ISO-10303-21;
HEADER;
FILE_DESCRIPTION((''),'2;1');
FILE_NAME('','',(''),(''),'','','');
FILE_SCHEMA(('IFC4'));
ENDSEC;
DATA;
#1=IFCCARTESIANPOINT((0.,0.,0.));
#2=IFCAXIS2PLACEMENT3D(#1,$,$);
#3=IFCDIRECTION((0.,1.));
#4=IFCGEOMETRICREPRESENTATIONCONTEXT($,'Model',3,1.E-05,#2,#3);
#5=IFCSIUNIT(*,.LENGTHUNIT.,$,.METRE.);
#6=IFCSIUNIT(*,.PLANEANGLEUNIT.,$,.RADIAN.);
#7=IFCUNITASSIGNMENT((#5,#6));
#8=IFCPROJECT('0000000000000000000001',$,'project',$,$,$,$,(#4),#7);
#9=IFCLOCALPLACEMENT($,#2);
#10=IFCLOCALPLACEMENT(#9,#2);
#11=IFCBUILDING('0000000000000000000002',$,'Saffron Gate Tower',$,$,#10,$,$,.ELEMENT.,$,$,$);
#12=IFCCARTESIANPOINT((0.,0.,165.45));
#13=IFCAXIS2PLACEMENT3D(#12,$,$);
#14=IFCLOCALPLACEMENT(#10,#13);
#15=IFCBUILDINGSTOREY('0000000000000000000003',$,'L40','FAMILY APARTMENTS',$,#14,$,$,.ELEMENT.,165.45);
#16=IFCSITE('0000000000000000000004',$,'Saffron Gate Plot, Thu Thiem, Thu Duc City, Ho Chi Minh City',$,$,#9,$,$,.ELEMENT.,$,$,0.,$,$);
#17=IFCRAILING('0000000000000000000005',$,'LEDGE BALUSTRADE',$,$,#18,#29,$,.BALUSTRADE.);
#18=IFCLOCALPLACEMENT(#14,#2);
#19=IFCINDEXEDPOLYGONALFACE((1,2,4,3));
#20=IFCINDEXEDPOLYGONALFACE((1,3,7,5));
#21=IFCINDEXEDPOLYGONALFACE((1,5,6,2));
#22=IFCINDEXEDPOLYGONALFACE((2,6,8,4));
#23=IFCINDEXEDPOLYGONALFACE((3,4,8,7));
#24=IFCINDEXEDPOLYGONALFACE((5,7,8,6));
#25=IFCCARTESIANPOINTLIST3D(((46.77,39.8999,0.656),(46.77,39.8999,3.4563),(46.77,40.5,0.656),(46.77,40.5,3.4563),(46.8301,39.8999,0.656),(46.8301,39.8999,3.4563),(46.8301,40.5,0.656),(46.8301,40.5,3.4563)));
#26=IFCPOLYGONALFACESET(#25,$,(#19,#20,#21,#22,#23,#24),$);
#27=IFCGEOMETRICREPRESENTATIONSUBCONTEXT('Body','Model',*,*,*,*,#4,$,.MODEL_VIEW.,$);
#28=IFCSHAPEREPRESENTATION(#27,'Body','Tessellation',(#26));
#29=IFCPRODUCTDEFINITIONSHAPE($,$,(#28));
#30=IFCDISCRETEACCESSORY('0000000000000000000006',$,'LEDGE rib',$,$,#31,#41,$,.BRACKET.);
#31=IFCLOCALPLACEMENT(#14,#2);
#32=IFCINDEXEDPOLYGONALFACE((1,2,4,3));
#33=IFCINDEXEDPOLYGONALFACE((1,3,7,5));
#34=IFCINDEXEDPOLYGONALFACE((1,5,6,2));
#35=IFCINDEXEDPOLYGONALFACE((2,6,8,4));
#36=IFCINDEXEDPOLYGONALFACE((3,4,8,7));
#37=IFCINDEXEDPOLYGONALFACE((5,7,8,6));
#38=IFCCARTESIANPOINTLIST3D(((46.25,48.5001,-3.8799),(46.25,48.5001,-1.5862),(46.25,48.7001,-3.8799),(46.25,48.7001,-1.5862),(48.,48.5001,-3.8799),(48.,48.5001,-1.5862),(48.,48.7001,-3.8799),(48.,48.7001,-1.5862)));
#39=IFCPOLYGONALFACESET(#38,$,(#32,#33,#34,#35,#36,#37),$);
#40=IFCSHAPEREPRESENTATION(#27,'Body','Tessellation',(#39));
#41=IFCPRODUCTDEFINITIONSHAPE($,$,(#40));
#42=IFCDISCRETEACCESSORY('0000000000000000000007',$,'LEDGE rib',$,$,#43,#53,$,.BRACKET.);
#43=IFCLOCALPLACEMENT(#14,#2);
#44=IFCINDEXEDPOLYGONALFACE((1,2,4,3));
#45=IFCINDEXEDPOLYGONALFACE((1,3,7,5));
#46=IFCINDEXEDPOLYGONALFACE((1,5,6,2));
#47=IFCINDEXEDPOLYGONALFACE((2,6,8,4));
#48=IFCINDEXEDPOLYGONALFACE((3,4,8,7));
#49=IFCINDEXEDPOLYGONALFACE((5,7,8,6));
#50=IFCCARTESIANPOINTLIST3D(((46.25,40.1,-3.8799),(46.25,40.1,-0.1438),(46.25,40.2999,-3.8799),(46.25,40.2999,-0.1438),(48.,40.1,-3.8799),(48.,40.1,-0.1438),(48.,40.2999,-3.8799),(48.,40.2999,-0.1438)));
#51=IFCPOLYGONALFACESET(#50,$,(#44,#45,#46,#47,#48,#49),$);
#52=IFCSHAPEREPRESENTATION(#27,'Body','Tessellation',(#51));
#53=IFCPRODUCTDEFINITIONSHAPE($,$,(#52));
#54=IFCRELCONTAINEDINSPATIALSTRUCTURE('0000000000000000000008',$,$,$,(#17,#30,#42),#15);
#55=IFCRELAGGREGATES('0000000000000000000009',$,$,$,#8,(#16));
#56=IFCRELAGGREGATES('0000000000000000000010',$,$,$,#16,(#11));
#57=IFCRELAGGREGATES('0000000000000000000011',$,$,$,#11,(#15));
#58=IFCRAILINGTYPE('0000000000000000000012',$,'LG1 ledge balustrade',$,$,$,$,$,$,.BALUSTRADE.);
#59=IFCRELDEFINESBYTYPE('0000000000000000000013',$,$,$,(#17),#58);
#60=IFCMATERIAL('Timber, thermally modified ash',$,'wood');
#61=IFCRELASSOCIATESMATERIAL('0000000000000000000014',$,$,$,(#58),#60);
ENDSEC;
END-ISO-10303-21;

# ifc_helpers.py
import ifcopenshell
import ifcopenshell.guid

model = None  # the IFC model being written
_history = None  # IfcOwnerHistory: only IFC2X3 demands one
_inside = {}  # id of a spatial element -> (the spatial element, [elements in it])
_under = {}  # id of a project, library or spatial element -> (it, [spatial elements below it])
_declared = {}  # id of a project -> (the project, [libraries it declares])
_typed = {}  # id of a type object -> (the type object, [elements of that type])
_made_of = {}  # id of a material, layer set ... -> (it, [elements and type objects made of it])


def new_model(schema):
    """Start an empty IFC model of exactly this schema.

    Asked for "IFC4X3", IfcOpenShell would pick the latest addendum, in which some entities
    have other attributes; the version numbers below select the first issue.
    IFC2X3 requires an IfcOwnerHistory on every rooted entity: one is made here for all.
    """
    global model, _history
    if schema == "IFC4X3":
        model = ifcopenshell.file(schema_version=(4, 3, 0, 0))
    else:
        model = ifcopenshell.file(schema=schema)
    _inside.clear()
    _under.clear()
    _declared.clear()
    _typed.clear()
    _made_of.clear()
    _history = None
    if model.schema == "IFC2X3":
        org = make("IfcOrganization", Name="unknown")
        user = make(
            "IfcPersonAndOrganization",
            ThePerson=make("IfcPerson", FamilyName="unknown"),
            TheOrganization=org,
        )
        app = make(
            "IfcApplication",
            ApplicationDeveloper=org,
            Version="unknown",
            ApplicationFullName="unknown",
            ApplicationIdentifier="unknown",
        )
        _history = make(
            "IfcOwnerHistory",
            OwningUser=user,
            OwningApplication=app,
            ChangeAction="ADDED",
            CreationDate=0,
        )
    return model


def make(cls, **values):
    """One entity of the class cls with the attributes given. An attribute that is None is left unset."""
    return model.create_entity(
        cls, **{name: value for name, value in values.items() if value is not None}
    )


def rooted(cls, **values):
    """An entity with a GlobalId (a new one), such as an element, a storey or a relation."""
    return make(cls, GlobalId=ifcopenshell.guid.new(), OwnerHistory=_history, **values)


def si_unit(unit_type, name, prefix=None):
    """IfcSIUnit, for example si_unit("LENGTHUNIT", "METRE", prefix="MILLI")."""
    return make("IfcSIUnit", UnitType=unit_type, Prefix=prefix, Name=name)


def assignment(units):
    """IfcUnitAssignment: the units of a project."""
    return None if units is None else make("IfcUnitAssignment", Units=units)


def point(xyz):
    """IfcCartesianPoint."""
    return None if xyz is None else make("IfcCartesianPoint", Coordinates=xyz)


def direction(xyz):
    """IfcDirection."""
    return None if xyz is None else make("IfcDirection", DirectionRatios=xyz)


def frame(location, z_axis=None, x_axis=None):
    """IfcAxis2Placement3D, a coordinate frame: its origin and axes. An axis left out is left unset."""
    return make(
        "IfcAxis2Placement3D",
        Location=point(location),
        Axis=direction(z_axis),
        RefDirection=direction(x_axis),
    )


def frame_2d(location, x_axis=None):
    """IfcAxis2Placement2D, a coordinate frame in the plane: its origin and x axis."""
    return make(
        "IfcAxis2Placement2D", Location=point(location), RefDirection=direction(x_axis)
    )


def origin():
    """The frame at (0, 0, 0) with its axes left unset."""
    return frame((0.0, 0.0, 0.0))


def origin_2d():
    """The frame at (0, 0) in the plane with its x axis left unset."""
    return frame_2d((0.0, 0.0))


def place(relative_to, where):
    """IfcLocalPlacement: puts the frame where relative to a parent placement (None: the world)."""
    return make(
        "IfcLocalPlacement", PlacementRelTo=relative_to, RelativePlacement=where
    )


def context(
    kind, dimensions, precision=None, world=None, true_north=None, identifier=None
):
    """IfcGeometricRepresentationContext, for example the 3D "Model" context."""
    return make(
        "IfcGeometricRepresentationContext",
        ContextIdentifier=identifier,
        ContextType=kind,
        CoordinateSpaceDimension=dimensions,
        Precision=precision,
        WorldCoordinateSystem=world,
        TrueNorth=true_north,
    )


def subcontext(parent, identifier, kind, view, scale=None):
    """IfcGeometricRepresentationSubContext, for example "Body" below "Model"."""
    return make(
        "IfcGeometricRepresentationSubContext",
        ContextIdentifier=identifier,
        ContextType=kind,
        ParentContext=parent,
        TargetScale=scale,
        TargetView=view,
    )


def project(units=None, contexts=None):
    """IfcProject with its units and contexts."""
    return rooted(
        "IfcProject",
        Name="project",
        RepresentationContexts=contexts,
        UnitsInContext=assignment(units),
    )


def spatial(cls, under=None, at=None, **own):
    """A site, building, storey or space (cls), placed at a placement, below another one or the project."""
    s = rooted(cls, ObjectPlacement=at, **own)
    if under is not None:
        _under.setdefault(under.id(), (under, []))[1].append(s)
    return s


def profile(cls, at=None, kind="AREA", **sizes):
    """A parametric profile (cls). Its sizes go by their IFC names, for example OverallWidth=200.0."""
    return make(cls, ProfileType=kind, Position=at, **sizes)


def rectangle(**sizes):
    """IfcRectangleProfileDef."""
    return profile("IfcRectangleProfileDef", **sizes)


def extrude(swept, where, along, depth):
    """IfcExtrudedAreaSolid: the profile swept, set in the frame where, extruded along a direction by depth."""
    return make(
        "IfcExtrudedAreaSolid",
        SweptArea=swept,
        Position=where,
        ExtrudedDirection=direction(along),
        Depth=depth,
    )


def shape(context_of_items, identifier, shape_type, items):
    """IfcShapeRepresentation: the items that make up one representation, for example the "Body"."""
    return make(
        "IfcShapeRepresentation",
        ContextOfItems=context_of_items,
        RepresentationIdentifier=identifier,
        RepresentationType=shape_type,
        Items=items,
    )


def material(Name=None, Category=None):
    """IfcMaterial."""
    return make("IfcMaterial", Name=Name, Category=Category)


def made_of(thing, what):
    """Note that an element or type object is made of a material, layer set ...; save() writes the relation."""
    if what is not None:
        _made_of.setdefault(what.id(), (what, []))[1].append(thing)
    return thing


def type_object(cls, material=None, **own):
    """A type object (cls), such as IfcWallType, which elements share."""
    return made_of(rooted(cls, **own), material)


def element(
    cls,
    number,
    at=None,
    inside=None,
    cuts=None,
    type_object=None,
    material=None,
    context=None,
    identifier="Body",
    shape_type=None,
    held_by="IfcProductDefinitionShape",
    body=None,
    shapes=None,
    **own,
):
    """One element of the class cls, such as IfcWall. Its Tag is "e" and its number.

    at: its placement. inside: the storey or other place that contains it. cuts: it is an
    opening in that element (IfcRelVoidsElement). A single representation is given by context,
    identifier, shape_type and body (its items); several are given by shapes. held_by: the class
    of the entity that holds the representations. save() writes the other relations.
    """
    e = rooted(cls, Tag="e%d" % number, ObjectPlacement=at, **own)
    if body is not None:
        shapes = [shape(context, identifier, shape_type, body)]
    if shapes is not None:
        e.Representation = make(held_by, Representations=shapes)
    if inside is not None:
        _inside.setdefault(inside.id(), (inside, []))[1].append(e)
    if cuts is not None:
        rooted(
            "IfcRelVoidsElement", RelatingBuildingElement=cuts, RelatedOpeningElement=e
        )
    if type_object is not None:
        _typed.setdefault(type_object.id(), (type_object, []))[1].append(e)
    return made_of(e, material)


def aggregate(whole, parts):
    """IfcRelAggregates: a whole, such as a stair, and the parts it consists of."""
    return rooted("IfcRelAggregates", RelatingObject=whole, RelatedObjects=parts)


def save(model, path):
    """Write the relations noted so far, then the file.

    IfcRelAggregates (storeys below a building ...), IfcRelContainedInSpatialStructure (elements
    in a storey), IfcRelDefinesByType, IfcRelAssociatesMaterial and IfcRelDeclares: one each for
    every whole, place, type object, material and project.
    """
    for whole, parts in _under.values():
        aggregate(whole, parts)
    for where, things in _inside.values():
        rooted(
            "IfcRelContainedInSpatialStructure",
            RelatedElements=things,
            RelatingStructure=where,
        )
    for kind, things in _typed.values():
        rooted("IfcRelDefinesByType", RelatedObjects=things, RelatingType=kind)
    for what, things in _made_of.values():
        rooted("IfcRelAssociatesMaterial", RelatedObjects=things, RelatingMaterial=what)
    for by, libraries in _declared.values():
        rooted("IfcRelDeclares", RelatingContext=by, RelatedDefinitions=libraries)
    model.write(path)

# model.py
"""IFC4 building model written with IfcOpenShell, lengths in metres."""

from ifc_helpers import new_model, si_unit, direction, frame, origin, origin_2d, place, context, subcontext, project, spatial, rectangle, extrude, material, type_object, element, save


model = new_model("IFC4")

# Units and contexts
model_context = context("Model", 3, precision=1e-05, world=origin(), true_north=direction((0.0, 1.0)))
body_context = subcontext(model_context, "Body", "Model", "MODEL_VIEW")
ifc_project = project(units=[si_unit("LENGTHUNIT", "METRE"), si_unit("PLANEANGLEUNIT", "RADIAN")], contexts=[model_context])

# Site, building, storey
site_placement = place(None, origin())
site = spatial("IfcSite", under=ifc_project, at=site_placement, Name="Saffron Gate Plot, Thu Thiem, Thu Duc City, Ho Chi Minh City", CompositionType="ELEMENT", RefElevation=0.0)
building_placement = place(site_placement, origin())
building = spatial("IfcBuilding", under=site, at=building_placement, Name="Saffron Gate Tower", CompositionType="ELEMENT")
storey_placement = place(building_placement, frame((0.0, 0.0, 165.45)))
storey = spatial("IfcBuildingStorey", under=building, at=storey_placement, Name="L40", Description="FAMILY APARTMENTS", CompositionType="ELEMENT", Elevation=165.45)

# Shared definitions
ifc_material_1 = material(Name="Timber, thermally modified ash", Category="wood")

# Railing
railing_type = type_object("IfcRailingType", Name="LG1 ledge balustrade", PredefinedType="BALUSTRADE", material=ifc_material_1)
railing_1_placement = place(storey_placement, frame((46.8, 40.5, 0.656)))
element("IfcRailing", 1, at=railing_1_placement, inside=storey, type_object=railing_type, Name="LEDGE BALUSTRADE", PredefinedType="BALUSTRADE", context=body_context, shape_type="SweptSolid", body=[
    extrude(rectangle(XDim=0.0601, YDim=2.8003, at=origin_2d()), frame((0.0, 0.0, 1.4001), z_axis=(0.0, -1.0, 0.0), x_axis=(1.0, 0.0, 0.0)), (0.0, 0.0, 1.0), 0.6001),
])

# Discrete accessories
discrete_accessory_1_placement = place(storey_placement, frame((47.125, 48.6001, -3.8799), z_axis=(0.0, 0.0, 1.0), x_axis=(0.0, -1.0, 0.0)))
element("IfcDiscreteAccessory", 2, at=discrete_accessory_1_placement, inside=storey, Name="LEDGE rib", PredefinedType="BRACKET", context=body_context, shape_type="SweptSolid", body=[
    extrude(rectangle(XDim=0.2, YDim=1.75, at=origin_2d()), origin(), (0.0, 0.0, 1.0), 2.2937),
])
discrete_accessory_2_placement = place(storey_placement, frame((47.125, 40.2, -3.8799), z_axis=(0.0, 0.0, 1.0), x_axis=(0.0, -1.0, 0.0)))
element("IfcDiscreteAccessory", 3, at=discrete_accessory_2_placement, inside=storey, Name="LEDGE rib", PredefinedType="BRACKET", context=body_context, shape_type="SweptSolid", body=[
    extrude(rectangle(XDim=0.2, YDim=1.75, at=origin_2d()), origin(), (0.0, 0.0, 1.0), 3.7361),
])

save(model, "model.ifc")
